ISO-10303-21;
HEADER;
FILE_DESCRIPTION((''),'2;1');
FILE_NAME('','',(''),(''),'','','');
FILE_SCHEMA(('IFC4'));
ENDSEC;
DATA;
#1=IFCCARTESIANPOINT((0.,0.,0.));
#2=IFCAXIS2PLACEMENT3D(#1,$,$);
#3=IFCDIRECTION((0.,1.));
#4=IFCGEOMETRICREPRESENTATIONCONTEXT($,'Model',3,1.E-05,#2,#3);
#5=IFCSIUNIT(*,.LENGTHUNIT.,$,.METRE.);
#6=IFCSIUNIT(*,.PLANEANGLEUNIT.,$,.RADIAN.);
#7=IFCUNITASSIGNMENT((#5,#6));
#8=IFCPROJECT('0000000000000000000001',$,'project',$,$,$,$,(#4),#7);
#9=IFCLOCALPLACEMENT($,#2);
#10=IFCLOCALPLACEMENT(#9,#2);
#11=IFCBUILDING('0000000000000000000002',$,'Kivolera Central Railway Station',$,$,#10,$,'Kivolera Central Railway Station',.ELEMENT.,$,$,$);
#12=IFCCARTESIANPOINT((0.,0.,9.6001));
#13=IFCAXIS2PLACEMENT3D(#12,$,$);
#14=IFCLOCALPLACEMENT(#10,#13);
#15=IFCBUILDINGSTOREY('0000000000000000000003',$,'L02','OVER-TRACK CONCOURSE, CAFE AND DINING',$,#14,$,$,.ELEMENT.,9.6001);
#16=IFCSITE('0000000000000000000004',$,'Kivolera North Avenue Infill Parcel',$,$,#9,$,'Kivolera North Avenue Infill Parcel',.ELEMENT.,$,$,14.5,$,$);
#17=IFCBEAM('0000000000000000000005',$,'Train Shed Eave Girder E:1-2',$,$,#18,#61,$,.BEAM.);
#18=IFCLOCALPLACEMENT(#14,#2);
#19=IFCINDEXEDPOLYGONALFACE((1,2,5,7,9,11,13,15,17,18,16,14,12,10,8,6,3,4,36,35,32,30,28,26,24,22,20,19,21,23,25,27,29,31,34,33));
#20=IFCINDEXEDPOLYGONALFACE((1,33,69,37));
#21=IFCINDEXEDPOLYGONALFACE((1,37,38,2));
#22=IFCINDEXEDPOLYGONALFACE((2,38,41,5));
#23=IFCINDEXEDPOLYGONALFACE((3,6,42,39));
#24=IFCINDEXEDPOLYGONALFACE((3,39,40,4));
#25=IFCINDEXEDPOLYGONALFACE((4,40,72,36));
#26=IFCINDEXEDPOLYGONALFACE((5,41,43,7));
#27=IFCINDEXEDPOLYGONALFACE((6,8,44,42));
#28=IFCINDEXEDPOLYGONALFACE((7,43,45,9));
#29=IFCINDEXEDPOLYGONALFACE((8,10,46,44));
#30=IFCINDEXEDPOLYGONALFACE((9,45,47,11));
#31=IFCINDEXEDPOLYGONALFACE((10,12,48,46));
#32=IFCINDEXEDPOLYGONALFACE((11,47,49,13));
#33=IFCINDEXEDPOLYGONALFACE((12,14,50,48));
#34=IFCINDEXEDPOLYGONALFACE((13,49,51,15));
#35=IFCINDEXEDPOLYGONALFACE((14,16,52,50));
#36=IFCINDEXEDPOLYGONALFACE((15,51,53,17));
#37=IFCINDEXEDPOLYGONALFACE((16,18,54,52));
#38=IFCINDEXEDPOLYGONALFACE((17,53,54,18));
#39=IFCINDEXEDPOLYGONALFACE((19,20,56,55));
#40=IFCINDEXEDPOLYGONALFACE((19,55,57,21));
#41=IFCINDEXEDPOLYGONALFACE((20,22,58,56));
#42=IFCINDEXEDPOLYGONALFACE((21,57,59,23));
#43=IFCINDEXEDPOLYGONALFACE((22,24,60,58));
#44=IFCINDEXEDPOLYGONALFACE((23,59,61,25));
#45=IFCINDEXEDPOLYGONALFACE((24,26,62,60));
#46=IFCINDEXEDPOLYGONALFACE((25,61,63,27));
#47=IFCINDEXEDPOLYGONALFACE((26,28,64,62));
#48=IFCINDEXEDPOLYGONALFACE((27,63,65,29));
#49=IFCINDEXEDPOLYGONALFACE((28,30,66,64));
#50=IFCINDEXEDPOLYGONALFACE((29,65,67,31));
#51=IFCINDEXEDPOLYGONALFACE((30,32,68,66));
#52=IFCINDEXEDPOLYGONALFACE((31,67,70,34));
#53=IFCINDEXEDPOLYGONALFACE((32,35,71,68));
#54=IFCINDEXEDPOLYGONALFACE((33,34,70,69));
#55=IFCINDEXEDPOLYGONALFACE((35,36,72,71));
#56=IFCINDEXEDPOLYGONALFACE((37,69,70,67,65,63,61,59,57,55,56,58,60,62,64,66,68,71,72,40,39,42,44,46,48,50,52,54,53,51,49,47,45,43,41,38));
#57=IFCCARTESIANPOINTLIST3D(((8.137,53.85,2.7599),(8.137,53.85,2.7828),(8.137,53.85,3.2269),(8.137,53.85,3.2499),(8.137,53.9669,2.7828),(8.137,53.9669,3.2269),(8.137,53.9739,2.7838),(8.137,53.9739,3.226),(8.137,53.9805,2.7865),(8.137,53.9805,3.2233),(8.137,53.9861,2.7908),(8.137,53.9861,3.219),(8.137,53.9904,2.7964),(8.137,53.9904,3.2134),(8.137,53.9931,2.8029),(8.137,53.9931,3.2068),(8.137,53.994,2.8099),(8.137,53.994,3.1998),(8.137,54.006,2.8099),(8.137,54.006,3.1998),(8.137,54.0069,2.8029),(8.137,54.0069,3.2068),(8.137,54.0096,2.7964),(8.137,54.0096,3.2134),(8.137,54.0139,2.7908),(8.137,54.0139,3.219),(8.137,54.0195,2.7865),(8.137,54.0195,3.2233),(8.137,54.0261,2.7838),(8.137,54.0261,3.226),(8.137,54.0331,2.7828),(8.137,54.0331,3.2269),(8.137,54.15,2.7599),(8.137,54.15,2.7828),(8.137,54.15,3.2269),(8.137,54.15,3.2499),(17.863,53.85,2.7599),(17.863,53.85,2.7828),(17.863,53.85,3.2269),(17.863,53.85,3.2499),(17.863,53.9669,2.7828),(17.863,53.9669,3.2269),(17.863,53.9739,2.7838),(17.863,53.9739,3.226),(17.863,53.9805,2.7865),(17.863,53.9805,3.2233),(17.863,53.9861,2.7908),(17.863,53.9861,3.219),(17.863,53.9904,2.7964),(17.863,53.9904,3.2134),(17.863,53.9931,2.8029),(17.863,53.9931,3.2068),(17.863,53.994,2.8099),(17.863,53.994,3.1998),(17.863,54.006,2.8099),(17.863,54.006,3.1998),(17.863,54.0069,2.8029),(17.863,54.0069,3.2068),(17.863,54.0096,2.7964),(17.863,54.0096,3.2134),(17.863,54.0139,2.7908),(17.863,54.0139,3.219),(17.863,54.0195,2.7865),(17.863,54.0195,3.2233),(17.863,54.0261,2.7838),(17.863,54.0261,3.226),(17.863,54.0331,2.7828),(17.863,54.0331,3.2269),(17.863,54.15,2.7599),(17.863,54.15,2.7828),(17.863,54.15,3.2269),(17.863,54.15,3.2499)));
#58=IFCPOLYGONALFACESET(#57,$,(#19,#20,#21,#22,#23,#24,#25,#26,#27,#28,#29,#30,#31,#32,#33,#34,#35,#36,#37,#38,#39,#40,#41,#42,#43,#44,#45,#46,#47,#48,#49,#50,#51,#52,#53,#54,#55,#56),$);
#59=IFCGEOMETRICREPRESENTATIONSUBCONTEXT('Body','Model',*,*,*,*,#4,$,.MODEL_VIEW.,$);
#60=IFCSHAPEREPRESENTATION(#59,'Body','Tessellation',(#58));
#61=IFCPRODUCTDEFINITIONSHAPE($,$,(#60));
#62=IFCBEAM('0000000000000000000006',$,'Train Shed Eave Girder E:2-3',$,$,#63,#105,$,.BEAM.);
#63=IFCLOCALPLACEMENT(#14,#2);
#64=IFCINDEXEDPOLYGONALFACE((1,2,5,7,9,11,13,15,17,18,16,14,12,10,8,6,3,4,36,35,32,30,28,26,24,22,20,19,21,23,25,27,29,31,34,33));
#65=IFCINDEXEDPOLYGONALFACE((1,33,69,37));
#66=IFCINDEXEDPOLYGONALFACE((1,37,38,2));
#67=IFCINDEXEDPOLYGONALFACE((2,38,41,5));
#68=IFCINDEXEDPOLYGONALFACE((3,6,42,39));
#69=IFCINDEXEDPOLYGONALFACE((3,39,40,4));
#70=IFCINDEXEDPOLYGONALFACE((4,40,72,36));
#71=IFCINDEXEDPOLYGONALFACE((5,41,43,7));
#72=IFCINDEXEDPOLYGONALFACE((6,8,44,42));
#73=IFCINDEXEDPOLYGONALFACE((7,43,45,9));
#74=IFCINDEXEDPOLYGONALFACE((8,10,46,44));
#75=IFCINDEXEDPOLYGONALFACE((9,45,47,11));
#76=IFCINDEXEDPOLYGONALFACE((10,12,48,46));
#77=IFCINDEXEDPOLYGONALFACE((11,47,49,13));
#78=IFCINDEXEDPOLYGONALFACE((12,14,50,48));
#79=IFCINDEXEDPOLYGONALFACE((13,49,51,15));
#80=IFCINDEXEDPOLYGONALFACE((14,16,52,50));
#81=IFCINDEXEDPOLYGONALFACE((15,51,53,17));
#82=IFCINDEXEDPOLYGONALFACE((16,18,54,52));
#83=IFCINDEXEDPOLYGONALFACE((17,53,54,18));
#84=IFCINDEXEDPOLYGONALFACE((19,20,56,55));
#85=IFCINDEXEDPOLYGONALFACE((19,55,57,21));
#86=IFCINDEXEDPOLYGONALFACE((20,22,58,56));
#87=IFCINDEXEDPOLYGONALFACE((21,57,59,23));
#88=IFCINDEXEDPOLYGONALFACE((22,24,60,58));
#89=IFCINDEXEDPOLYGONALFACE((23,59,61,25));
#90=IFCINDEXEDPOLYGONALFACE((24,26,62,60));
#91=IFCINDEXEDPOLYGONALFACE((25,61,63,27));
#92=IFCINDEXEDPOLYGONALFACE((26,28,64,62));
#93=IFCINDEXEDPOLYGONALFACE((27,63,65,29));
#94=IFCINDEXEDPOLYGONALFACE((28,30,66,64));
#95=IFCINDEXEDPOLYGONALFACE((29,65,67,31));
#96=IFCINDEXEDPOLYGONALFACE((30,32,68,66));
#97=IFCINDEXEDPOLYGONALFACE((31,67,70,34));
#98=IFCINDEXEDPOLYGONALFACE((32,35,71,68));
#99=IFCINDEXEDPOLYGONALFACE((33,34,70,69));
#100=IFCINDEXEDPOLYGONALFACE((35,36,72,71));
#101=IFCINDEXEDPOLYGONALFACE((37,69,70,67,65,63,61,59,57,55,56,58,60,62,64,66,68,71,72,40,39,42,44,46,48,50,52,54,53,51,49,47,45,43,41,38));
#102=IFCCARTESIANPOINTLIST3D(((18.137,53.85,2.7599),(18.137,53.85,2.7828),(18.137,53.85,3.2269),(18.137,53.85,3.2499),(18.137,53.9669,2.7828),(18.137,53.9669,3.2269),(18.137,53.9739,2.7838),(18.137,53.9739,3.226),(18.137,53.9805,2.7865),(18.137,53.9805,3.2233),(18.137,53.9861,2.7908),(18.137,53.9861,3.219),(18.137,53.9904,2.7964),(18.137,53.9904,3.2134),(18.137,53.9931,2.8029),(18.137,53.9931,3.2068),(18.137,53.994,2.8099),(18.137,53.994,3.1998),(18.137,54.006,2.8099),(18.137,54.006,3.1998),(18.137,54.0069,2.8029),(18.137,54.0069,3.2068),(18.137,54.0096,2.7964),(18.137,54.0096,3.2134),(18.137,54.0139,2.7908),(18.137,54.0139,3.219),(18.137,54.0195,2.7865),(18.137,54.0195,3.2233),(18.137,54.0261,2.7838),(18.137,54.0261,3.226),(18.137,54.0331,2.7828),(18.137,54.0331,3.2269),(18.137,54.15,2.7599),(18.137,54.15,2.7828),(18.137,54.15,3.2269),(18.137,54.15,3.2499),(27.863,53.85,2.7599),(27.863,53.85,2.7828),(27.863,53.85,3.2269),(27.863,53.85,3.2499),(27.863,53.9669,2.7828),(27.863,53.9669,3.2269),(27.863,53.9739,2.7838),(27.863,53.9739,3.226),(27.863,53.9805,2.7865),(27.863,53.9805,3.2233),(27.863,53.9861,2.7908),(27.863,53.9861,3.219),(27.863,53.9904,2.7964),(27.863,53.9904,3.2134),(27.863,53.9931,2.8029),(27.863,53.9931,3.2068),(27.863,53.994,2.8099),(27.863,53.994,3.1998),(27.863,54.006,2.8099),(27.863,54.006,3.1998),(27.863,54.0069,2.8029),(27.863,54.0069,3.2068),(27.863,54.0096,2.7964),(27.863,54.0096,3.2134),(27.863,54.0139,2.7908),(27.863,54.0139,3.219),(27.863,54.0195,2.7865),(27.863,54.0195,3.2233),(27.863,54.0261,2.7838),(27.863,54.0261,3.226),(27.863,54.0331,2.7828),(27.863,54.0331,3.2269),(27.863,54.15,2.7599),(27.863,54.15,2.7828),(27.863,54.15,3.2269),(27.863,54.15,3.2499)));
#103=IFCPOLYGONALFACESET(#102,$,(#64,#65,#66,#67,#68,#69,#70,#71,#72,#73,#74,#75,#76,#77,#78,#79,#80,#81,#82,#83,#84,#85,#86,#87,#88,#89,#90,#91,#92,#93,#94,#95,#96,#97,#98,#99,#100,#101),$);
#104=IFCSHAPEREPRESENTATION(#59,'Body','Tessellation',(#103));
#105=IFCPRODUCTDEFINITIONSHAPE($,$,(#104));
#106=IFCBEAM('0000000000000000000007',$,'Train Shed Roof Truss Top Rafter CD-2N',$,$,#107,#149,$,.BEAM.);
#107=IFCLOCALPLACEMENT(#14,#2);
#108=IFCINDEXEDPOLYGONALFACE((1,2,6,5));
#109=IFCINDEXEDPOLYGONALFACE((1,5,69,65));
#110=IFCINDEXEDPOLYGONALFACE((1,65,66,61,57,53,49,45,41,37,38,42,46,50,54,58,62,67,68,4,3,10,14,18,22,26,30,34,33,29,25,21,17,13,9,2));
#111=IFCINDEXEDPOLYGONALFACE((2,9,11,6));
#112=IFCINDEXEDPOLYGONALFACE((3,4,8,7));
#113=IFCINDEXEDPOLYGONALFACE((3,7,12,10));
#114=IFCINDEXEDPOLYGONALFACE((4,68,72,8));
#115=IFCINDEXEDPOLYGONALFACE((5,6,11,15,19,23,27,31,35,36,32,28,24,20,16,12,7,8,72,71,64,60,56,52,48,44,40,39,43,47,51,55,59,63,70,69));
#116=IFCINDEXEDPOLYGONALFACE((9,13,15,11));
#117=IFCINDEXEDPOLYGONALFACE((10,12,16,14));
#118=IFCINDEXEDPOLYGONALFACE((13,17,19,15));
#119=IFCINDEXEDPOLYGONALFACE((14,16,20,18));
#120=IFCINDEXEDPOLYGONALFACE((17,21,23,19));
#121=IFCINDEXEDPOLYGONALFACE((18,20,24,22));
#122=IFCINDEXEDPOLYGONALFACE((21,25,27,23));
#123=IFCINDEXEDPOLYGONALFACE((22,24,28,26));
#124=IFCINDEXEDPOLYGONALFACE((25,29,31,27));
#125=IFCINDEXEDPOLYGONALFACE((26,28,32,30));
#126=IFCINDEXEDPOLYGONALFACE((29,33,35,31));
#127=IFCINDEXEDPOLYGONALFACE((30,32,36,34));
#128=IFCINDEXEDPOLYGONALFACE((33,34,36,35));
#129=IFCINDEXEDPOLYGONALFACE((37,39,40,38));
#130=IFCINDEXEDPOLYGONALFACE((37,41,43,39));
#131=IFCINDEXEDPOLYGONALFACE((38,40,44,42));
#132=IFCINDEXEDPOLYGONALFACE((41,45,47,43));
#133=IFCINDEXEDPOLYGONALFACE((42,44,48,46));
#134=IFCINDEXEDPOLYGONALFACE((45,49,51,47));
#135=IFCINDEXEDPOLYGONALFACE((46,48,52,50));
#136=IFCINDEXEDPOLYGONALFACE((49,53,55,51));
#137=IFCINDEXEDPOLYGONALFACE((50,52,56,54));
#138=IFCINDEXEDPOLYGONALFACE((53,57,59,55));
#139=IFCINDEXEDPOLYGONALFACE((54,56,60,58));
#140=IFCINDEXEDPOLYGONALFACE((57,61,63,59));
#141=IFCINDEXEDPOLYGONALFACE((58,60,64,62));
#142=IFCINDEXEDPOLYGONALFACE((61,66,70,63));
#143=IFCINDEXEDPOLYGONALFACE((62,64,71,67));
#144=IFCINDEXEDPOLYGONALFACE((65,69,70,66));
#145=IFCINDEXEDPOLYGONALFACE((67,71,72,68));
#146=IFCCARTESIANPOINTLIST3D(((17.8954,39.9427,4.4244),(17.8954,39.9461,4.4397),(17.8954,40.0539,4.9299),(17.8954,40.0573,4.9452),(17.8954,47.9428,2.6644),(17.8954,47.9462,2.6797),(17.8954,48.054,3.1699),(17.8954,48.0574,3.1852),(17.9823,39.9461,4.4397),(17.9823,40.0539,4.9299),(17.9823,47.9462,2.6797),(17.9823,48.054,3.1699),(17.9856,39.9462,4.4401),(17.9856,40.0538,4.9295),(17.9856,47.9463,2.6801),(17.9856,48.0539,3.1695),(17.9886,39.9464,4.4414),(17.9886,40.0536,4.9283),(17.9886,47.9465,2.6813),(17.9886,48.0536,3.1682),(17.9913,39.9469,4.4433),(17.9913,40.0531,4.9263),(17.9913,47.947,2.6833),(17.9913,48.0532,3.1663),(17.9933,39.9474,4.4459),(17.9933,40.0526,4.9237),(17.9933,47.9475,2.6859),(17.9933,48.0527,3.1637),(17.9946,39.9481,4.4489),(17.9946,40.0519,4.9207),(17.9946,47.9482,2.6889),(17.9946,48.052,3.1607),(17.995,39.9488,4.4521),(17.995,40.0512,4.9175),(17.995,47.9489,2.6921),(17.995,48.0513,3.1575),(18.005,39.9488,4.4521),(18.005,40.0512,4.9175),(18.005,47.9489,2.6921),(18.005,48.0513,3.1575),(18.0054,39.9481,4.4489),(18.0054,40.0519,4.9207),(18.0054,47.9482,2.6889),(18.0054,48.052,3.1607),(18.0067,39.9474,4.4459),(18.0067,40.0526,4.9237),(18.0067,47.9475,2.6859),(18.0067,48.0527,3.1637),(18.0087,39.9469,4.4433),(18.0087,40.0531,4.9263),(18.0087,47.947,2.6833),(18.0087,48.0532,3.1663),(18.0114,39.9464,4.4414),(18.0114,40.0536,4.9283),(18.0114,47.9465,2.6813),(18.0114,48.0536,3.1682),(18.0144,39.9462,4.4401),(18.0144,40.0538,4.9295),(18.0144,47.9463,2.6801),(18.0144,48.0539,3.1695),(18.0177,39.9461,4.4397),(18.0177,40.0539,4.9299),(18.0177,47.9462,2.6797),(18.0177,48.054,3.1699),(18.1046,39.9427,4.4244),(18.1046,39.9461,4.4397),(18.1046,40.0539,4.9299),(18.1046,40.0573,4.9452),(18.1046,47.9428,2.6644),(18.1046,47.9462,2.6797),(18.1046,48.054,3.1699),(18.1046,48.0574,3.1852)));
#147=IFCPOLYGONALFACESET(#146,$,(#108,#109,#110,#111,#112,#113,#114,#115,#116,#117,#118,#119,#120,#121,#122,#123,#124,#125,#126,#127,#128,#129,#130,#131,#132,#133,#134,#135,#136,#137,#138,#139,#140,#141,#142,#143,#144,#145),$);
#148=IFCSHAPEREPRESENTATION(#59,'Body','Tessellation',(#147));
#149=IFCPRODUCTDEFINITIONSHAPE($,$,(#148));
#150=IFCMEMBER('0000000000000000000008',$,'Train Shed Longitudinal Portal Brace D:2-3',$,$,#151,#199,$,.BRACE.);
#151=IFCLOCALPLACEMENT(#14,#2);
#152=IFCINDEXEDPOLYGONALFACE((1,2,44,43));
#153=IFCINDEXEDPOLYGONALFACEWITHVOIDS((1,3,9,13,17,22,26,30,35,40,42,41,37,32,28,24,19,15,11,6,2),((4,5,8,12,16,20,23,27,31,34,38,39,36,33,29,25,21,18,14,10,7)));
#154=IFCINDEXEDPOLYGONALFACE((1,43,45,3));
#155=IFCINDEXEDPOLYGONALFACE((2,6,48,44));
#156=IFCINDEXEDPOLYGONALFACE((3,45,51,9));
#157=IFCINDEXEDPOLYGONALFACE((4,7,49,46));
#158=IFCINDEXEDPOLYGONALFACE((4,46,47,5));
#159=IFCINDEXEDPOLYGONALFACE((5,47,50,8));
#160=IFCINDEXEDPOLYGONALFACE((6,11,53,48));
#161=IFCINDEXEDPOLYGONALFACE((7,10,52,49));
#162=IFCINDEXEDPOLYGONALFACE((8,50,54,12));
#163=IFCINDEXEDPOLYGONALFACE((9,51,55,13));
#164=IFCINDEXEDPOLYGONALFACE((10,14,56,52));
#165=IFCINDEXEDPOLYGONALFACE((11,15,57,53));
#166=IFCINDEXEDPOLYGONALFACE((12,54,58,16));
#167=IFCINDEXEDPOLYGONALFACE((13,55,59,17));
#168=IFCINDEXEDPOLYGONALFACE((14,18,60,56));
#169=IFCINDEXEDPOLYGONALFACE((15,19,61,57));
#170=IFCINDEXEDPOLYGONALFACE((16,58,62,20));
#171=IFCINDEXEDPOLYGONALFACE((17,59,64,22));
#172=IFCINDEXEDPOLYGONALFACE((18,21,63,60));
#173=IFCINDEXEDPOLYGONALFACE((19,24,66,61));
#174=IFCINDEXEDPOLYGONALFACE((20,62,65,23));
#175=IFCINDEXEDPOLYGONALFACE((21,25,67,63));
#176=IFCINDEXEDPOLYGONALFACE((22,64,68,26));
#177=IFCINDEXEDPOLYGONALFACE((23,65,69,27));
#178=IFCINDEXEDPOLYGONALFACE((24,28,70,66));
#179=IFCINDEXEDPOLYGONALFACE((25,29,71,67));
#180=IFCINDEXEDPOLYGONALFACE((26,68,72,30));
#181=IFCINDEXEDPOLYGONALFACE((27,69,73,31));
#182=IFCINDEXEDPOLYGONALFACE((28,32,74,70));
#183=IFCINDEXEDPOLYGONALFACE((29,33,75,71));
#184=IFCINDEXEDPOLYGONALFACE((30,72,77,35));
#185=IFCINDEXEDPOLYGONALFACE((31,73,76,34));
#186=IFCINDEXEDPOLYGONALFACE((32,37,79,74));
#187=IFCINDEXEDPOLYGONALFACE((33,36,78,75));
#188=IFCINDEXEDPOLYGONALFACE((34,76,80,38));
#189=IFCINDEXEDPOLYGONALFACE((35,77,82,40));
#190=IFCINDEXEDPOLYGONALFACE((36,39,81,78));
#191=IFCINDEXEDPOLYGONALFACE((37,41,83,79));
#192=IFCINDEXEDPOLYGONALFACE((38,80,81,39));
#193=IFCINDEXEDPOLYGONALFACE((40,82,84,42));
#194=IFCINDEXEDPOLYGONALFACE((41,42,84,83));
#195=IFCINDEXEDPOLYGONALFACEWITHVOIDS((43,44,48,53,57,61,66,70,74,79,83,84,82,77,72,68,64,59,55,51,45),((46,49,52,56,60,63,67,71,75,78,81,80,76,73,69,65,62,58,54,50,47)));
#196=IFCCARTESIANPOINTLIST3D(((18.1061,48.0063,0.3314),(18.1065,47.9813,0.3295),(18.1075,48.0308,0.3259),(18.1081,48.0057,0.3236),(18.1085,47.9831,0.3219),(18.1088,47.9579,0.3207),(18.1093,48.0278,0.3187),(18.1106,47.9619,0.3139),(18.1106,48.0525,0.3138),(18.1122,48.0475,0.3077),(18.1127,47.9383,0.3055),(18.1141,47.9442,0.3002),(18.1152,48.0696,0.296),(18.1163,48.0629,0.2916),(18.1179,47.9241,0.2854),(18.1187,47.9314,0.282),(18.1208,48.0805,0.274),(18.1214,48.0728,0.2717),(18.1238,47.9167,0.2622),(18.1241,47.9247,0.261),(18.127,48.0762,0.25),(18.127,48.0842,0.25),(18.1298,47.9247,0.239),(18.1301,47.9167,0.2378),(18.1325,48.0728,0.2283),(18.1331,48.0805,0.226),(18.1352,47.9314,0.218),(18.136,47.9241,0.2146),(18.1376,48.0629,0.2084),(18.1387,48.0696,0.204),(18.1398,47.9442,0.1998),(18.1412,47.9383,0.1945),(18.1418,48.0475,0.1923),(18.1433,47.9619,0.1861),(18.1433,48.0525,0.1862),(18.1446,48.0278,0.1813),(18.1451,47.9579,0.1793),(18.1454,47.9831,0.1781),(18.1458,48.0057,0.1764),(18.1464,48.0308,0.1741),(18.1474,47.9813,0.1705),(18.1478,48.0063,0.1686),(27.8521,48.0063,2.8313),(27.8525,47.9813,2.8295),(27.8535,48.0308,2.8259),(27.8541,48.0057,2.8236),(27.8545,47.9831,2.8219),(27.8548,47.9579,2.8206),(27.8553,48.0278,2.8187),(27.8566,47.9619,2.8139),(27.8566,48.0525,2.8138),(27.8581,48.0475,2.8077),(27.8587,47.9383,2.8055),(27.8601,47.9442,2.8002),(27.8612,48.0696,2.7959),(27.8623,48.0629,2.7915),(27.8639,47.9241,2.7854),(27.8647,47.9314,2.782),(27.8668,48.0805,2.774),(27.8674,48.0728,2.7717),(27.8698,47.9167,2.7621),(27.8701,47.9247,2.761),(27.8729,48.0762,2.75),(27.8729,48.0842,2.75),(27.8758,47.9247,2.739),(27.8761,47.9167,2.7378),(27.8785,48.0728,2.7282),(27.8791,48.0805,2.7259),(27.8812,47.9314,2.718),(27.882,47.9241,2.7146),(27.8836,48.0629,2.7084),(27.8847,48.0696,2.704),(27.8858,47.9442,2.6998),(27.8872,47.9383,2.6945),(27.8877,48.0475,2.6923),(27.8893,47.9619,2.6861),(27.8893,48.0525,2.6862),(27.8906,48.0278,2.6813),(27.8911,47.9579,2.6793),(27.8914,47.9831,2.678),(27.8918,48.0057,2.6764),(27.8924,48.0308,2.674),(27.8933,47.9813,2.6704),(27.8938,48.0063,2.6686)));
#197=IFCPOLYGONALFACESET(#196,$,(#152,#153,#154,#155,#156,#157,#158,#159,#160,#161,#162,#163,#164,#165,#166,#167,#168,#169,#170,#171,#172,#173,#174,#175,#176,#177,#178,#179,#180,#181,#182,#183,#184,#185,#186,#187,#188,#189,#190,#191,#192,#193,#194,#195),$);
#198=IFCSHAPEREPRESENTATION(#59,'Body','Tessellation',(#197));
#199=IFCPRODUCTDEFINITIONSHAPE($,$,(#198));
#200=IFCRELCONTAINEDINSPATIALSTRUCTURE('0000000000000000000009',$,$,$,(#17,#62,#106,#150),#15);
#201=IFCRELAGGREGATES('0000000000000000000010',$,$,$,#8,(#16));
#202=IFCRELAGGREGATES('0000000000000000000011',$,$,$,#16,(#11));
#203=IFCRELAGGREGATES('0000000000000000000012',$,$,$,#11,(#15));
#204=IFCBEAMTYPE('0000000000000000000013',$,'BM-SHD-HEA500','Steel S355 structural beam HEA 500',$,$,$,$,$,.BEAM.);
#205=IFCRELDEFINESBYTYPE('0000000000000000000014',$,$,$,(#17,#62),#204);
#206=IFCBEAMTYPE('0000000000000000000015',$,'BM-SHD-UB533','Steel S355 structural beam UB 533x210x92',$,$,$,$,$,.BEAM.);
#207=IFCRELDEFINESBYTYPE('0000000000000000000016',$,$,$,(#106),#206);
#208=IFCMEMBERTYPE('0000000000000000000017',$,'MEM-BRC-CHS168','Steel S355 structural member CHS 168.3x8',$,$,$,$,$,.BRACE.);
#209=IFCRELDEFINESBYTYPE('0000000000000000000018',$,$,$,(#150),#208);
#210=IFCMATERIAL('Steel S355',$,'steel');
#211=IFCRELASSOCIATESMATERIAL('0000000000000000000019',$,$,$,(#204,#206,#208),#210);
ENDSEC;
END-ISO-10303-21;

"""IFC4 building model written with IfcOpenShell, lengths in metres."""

from ifc_helpers import new_model, si_unit, direction, frame, origin, origin_2d, place, context, subcontext, project, spatial, hollow_circle, i_section, extrude, material, material_profile, profile_set, type_object, element, save


model = new_model("IFC4")

# Units and contexts
model_context = context("Model", 3, precision=1e-05, world=origin(), true_north=direction((0.0, 1.0)))
body_context = subcontext(model_context, "Body", "Model", "MODEL_VIEW")
ifc_project = project(units=[si_unit("LENGTHUNIT", "METRE"), si_unit("PLANEANGLEUNIT", "RADIAN")], contexts=[model_context])

# Site, building, storey
site_placement = place(None, origin())
site = spatial("IfcSite", under=ifc_project, at=site_placement, Name="Kivolera North Avenue Infill Parcel", LongName="Kivolera North Avenue Infill Parcel", CompositionType="ELEMENT", RefElevation=14.5)
building_placement = place(site_placement, origin())
building = spatial("IfcBuilding", under=site, at=building_placement, Name="Kivolera Central Railway Station", LongName="Kivolera Central Railway Station", CompositionType="ELEMENT")
storey_placement = place(building_placement, frame((0.0, 0.0, 9.6001)))
storey = spatial("IfcBuildingStorey", under=building, at=storey_placement, Name="L02", Description="OVER-TRACK CONCOURSE, CAFE AND DINING", CompositionType="ELEMENT", Elevation=9.6001)

# Shared definitions
ifc_material_1 = material(Name="Steel S355", Category="steel")

# Beams
ifc_material_profile_1 = material_profile(ifc_material_1, i_section(OverallWidth=0.3, OverallDepth=0.49, WebThickness=0.012, FlangeThickness=0.0229, FilletRadius=0.0271, at=origin_2d()), Name="HEA 500")
ifc_profile_set_1 = profile_set([ifc_material_profile_1], Name="Steel S355")
beam_type_1 = type_object("IfcBeamType", Name="BM-SHD-HEA500", Description="Steel S355 structural beam HEA 500", PredefinedType="BEAM", material=ifc_profile_set_1)
for number, where, z_axis, x_axis, name in (
    (1, (8.137, 54.0, 3.0049), (1.0, 0.0, 0.0), (0.0, 1.0, 0.0), "Train Shed Eave Girder E:1-2"),
    (2, (18.137, 54.0, 3.0049), (1.0, 0.0, 0.0), (0.0, 1.0, 0.0), "Train Shed Eave Girder E:2-3"),
):
    element("IfcBeam", number, at=place(storey_placement, frame(where, z_axis=z_axis, x_axis=x_axis)), inside=storey, type_object=beam_type_1, Name=name, PredefinedType="BEAM", context=body_context, shape_type="SweptSolid", body=[
        extrude(i_section(OverallWidth=0.3, OverallDepth=0.49, WebThickness=0.012, FlangeThickness=0.0229, FilletRadius=0.0271, at=origin_2d()), origin(), (0.0, 0.0, 1.0), 9.7261),
    ])
ifc_material_profile_2 = material_profile(ifc_material_1, i_section(OverallWidth=0.2092, OverallDepth=0.5332, WebThickness=0.01, FlangeThickness=0.0156, FilletRadius=0.0127, at=origin_2d()), Name="UB 533x210x92")
ifc_profile_set_2 = profile_set([ifc_material_profile_2], Name="Steel S355")
beam_type_2 = type_object("IfcBeamType", Name="BM-SHD-UB533", Description="Steel S355 structural beam UB 533x210x92", PredefinedType="BEAM", material=ifc_profile_set_2)
beam_placement = place(storey_placement, frame((18.0, 40.0, 4.6848), z_axis=(0.0, 0.976644, -0.214863), x_axis=(-1.0, 0.0, 0.0)))
element("IfcBeam", 3, at=beam_placement, inside=storey, type_object=beam_type_2, Name="Train Shed Roof Truss Top Rafter CD-2N", PredefinedType="BEAM", context=body_context, shape_type="SweptSolid", body=[
    extrude(i_section(OverallWidth=0.2092, OverallDepth=0.5332, WebThickness=0.01, FlangeThickness=0.0156, FilletRadius=0.0127, at=origin_2d()), origin(), (0.0, 0.0, 1.0), 8.1914),
])

# Member
ifc_material_profile_3 = material_profile(ifc_material_1, hollow_circle(Radius=0.0842, WallThickness=0.0081, at=origin_2d()), Name="CHS 168.3x8")
ifc_profile_set_3 = profile_set([ifc_material_profile_3], Name="Steel S355")
member_type_1 = type_object("IfcMemberType", Name="MEM-BRC-CHS168", Description="Steel S355 structural member CHS 168.3x8", PredefinedType="BRACE", material=ifc_profile_set_3)
member_placement = place(storey_placement, frame((18.127, 48.0, 0.25), z_axis=(0.96864, 0.0, 0.248469), x_axis=(0.0, 1.0, 0.0)))
element("IfcMember", 4, at=member_placement, inside=storey, type_object=member_type_1, Name="Train Shed Longitudinal Portal Brace D:2-3", PredefinedType="BRACE", context=body_context, shape_type="SweptSolid", body=[
    extrude(hollow_circle(Radius=0.0842, WallThickness=0.0081, at=origin_2d()), origin(), (0.0, 0.0, 1.0), 10.0615),
])

save(model, "model.ifc")
